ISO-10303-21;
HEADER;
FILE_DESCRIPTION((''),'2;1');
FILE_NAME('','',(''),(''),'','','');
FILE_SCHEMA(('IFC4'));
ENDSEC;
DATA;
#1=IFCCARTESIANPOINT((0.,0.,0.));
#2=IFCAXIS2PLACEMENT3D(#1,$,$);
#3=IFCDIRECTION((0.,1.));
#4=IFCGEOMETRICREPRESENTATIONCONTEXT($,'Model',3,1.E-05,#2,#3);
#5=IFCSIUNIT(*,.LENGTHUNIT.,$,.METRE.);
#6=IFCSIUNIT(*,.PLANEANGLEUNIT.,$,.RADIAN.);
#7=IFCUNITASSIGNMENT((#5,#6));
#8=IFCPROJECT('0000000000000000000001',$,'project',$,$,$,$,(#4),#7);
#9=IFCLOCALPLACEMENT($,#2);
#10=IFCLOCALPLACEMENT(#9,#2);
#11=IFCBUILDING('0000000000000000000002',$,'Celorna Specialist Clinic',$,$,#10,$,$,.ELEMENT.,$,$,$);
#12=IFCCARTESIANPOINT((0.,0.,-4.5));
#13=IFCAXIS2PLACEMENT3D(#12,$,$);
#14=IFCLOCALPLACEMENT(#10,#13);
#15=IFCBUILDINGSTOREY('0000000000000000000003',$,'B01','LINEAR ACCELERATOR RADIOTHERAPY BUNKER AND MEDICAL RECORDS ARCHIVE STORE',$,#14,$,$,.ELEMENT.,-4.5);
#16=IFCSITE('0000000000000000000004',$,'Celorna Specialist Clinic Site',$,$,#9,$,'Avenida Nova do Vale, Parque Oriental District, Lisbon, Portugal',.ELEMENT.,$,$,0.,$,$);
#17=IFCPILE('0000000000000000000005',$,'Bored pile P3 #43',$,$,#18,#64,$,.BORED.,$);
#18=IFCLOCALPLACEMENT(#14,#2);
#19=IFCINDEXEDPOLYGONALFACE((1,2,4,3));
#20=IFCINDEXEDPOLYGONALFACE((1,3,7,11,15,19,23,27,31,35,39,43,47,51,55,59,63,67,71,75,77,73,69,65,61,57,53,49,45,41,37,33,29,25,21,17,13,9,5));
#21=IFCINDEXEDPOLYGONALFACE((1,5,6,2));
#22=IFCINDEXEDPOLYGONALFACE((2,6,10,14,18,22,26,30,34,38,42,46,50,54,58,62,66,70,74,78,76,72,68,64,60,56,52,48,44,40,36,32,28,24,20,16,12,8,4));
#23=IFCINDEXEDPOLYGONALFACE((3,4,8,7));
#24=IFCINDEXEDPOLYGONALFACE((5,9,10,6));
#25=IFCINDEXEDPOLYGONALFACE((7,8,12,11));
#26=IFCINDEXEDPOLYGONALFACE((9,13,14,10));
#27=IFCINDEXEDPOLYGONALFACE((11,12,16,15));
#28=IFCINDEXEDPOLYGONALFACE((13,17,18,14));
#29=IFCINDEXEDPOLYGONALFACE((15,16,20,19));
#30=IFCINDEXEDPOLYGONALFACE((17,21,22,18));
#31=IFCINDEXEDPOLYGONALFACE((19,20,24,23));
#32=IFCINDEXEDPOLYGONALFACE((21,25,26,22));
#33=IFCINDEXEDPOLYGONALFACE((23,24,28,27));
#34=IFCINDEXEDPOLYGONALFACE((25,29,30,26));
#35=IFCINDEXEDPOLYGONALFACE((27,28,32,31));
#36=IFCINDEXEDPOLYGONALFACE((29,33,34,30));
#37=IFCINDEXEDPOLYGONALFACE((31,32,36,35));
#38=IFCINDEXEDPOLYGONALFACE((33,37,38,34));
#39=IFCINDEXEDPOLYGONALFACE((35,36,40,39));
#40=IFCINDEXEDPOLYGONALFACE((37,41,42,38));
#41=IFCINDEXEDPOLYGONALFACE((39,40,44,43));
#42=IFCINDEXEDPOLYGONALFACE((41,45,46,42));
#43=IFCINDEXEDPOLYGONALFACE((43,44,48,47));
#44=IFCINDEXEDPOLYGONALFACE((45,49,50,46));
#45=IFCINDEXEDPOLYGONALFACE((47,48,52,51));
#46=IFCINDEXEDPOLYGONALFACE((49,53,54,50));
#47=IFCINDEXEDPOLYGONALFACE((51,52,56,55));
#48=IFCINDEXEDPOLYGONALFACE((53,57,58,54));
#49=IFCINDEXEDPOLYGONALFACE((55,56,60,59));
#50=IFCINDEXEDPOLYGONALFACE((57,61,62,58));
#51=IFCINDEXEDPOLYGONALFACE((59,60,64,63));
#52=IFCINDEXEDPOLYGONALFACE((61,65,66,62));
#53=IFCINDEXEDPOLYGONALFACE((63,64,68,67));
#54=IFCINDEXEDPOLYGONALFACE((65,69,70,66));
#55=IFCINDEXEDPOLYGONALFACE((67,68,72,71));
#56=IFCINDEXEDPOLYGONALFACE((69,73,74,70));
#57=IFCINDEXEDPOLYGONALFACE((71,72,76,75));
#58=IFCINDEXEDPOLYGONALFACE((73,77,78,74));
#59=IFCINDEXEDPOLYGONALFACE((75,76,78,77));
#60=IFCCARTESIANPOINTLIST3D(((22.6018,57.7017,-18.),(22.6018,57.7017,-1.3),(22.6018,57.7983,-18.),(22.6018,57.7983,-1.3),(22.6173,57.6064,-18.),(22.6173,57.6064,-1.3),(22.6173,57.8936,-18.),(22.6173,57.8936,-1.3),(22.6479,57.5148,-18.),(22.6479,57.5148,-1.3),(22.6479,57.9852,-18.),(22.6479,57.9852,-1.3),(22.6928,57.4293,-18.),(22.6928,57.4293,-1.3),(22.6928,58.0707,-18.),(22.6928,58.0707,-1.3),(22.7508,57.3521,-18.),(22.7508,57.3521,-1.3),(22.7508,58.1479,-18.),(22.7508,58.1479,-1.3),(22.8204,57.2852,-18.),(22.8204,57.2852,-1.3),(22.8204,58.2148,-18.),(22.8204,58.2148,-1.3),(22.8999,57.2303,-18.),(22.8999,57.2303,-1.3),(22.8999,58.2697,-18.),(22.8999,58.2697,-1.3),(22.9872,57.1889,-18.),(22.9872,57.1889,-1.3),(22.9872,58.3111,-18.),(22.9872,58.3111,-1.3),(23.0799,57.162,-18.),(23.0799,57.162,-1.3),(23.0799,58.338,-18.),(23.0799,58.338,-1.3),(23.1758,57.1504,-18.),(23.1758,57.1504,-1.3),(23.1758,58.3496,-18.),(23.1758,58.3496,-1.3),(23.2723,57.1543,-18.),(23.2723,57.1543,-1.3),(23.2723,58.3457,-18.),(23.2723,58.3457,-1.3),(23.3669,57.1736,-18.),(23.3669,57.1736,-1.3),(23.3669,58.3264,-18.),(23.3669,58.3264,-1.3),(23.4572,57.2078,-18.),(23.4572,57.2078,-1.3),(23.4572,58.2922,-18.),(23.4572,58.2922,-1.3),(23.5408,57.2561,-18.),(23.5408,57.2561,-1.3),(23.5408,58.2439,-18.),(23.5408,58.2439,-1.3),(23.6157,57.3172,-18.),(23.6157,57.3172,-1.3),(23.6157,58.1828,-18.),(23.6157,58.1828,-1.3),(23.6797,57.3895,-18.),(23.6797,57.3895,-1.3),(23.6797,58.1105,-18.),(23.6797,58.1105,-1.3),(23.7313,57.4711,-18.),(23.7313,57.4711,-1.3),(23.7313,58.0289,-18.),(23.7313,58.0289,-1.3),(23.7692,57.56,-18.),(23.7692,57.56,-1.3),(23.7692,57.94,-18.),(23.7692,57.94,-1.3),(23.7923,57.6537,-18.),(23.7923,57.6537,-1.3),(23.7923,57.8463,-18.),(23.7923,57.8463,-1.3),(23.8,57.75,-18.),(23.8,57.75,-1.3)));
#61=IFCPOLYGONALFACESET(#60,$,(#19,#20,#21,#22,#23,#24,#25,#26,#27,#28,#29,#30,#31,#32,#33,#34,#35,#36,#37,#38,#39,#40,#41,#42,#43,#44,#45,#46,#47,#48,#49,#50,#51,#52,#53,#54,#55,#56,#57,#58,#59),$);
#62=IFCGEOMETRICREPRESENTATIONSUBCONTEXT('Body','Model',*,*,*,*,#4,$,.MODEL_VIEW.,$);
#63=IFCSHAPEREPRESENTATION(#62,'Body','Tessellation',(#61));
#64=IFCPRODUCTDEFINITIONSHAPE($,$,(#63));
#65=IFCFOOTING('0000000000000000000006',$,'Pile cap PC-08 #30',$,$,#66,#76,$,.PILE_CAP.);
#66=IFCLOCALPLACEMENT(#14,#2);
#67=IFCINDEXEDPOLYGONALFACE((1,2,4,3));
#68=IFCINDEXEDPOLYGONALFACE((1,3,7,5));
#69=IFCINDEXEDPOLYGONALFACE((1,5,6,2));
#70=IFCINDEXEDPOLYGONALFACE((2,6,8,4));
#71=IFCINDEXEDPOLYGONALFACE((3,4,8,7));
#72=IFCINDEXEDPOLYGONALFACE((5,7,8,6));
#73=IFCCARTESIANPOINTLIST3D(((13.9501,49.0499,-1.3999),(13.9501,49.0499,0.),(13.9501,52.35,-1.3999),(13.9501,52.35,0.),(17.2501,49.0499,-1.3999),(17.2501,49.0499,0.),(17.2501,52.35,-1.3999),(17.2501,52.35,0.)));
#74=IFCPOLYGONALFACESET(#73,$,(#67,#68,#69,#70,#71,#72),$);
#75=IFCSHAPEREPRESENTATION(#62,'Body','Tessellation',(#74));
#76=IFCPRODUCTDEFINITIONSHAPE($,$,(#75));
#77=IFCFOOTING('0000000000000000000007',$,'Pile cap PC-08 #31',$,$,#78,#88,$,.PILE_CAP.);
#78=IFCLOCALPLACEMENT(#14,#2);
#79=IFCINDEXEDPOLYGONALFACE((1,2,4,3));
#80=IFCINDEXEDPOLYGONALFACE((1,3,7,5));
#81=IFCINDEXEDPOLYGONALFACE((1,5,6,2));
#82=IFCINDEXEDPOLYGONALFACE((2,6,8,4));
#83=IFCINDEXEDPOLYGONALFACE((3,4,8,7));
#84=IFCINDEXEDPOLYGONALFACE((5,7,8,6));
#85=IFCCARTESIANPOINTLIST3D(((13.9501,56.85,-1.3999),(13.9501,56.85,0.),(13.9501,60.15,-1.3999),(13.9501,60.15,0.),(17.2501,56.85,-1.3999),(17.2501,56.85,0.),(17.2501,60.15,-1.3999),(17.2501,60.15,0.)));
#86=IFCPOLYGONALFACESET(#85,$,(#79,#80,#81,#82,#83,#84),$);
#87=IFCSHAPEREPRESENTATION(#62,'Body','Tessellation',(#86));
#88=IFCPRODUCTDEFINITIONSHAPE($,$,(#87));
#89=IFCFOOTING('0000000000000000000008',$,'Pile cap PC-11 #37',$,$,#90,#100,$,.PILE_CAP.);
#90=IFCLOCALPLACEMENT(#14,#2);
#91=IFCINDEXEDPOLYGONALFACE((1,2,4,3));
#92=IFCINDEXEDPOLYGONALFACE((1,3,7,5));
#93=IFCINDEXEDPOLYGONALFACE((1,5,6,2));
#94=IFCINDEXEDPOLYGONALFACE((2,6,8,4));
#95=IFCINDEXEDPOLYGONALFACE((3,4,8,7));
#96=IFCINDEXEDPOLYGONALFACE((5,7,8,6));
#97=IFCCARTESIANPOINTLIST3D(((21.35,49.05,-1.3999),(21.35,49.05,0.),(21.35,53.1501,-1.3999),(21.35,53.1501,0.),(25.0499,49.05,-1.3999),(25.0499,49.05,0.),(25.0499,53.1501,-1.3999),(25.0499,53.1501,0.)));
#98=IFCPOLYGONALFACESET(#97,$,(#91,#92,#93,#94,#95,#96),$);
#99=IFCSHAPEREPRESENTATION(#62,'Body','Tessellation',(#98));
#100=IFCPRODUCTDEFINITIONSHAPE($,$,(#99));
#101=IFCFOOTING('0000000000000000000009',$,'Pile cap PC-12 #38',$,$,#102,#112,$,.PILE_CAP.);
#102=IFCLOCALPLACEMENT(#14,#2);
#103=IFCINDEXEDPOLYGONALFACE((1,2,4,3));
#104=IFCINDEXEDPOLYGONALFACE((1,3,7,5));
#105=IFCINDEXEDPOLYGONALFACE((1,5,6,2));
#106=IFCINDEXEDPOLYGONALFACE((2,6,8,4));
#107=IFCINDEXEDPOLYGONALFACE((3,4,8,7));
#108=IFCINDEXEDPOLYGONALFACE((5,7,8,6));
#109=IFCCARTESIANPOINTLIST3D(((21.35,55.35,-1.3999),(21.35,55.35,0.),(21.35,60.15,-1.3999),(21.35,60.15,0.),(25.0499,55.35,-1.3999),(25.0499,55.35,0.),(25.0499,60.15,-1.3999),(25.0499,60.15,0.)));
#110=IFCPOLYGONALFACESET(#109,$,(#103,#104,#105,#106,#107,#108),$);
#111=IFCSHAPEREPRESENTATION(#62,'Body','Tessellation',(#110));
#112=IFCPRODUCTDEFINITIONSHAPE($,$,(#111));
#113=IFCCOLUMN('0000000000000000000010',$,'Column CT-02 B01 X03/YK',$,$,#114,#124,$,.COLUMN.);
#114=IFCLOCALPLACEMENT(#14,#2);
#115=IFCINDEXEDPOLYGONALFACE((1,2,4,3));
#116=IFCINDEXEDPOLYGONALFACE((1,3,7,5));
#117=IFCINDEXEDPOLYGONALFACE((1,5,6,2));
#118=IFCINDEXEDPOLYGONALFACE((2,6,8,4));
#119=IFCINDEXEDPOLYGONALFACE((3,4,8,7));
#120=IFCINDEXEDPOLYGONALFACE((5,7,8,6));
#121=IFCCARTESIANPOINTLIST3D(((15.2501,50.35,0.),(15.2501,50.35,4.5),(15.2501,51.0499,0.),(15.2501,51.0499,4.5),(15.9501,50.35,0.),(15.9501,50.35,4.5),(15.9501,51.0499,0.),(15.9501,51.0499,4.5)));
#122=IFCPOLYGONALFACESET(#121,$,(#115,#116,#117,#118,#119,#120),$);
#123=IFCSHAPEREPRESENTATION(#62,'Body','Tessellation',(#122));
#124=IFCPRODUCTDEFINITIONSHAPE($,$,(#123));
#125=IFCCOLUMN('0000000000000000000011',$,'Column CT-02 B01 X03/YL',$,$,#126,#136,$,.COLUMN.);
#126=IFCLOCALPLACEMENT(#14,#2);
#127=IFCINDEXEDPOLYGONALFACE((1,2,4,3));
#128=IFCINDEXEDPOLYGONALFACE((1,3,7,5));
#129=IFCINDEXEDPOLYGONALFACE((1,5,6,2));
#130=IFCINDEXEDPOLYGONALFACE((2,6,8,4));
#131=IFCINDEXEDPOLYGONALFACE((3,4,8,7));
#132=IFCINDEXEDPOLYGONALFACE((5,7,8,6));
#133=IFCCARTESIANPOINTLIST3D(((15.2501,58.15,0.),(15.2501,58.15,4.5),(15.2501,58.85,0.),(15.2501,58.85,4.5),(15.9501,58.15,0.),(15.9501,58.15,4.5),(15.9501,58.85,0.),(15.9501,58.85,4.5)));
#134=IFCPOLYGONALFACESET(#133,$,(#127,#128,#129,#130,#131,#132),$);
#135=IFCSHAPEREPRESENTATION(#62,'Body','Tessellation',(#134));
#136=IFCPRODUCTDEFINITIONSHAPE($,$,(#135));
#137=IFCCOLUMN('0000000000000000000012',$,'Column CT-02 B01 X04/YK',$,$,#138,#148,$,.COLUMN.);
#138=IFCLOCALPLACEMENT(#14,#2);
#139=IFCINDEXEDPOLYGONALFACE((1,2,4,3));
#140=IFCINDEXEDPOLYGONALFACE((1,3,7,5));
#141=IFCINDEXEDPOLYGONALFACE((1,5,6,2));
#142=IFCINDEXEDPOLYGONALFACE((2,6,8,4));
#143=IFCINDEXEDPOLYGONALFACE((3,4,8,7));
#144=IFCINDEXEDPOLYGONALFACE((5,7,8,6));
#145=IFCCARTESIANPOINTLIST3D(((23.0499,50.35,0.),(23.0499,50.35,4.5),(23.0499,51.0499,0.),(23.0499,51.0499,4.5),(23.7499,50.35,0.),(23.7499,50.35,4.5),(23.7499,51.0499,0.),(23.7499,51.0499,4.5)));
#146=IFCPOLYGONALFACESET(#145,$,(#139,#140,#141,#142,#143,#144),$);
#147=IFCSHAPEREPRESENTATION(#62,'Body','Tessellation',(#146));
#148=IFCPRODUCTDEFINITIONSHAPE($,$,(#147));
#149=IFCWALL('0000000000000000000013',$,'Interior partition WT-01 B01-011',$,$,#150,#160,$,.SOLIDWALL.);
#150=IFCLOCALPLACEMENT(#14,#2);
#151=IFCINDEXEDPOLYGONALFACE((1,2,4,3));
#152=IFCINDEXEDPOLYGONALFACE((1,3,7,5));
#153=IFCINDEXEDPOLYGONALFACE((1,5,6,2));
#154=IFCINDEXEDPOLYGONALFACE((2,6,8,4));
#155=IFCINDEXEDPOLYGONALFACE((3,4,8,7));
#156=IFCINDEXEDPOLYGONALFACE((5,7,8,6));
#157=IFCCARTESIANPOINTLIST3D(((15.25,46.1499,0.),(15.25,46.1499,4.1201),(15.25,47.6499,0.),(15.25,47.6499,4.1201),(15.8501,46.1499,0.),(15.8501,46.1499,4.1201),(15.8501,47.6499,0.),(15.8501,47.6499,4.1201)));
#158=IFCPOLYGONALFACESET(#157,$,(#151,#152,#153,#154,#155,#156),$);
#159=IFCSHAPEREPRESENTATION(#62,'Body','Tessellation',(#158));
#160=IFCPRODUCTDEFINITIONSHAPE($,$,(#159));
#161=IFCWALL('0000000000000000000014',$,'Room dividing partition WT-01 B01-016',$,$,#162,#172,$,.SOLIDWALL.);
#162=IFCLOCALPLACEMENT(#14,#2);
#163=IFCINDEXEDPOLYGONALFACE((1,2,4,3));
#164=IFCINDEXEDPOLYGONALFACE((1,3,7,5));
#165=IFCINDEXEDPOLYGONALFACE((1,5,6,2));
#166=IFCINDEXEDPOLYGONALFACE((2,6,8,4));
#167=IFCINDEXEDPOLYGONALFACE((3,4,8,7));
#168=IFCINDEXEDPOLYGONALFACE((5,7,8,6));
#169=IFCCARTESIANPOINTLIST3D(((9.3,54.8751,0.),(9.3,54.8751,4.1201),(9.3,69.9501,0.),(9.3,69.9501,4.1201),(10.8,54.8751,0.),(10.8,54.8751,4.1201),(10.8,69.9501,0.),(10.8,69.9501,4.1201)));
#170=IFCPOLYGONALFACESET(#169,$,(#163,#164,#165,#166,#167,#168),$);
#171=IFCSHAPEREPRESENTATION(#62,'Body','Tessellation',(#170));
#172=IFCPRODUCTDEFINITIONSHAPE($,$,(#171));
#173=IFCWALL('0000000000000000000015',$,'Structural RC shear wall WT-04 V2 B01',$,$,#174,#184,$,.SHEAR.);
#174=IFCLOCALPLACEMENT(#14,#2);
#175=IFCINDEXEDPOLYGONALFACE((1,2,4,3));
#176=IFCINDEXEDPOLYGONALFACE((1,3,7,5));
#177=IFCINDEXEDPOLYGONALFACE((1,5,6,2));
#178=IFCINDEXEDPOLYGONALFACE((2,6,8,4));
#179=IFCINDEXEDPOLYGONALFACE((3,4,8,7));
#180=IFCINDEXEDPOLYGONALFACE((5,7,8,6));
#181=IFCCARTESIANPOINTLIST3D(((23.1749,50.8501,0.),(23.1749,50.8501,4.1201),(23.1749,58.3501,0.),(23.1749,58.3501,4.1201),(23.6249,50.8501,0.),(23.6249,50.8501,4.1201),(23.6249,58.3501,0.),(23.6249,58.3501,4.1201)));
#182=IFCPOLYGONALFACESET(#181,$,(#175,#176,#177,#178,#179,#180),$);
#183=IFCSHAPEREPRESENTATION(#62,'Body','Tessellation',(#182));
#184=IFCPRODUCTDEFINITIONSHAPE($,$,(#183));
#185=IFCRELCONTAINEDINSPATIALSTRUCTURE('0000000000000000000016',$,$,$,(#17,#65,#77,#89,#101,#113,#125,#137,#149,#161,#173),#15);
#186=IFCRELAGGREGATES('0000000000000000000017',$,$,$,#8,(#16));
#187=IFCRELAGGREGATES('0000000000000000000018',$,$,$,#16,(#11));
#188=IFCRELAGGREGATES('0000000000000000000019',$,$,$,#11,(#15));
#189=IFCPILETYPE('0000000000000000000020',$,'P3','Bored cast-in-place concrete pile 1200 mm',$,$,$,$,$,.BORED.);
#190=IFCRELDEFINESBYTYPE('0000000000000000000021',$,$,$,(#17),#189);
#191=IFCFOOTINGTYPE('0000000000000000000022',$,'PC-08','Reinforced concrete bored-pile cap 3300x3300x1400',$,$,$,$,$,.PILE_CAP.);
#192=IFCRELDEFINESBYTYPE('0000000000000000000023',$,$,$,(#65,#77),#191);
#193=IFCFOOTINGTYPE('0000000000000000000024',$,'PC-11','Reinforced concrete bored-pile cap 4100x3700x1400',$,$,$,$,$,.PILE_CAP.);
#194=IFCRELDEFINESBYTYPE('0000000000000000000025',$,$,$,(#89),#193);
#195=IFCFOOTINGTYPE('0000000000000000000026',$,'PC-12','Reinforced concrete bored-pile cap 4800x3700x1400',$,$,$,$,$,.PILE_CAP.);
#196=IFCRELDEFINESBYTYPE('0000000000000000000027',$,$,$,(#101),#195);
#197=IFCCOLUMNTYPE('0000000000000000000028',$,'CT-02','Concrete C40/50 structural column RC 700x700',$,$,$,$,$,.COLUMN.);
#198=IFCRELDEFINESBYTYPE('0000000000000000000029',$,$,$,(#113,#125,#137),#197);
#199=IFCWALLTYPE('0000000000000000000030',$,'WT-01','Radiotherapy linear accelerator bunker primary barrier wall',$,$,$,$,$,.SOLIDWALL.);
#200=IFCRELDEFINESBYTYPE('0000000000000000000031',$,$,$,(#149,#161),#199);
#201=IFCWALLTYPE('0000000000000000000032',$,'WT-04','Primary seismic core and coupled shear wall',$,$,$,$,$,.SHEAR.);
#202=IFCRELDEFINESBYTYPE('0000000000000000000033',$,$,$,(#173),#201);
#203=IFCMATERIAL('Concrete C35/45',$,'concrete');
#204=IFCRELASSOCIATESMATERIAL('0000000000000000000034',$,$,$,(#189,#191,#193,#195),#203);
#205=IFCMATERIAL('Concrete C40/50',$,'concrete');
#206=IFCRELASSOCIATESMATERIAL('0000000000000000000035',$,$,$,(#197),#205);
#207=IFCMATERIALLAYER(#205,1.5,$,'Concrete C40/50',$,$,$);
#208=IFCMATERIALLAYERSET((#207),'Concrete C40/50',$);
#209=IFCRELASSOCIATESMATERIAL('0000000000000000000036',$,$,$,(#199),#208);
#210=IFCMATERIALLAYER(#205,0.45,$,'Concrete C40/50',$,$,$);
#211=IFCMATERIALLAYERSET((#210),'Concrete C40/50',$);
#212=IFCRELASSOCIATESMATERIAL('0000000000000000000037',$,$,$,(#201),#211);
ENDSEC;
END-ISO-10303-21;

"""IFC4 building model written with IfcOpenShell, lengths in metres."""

from ifc_helpers import new_model, si_unit, direction, frame, frame_2d, origin, origin_2d, place, context, subcontext, project, spatial, rectangle, circle, extrude, material, layer, layer_set, material_profile, profile_set, type_object, element, save


model = new_model("IFC4")

# Units and contexts
model_context = context("Model", 3, precision=1e-05, world=origin(), true_north=direction((0.0, 1.0)))
body_context = subcontext(model_context, "Body", "Model", "MODEL_VIEW")
ifc_project = project(units=[si_unit("LENGTHUNIT", "METRE"), si_unit("PLANEANGLEUNIT", "RADIAN")], contexts=[model_context])

# Site, building, storey
site_placement = place(None, origin())
site = spatial("IfcSite", under=ifc_project, at=site_placement, Name="Celorna Specialist Clinic Site", LongName="Avenida Nova do Vale, Parque Oriental District, Lisbon, Portugal", CompositionType="ELEMENT", RefElevation=0.0)
building_placement = place(site_placement, origin())
building = spatial("IfcBuilding", under=site, at=building_placement, Name="Celorna Specialist Clinic", CompositionType="ELEMENT")
storey_placement = place(building_placement, frame((0.0, 0.0, -4.5)))
storey = spatial("IfcBuildingStorey", under=building, at=storey_placement, Name="B01", Description="LINEAR ACCELERATOR RADIOTHERAPY BUNKER AND MEDICAL RECORDS ARCHIVE STORE", CompositionType="ELEMENT", Elevation=-4.5)

# Shared definitions
ifc_material_1 = material(Name="Concrete C35/45", Category="concrete")

# Pile
ifc_material_profile_1 = material_profile(ifc_material_1, circle(Radius=0.6001, at=origin_2d()), Name="BORED PILE 1200")
ifc_profile_set_1 = profile_set([ifc_material_profile_1], Name="Concrete C35/45")
pile_type_1 = type_object("IfcPileType", Name="P3", Description="Bored cast-in-place concrete pile 1200 mm", PredefinedType="BORED", material=ifc_profile_set_1)
for number, where, z_axis, x_axis, name in (
    (1, (23.2, 57.75, -1.3), (0.0, 0.0, -1.0), (1.0, 0.0, 0.0), "Bored pile P3 #43"),
):
    element("IfcPile", number, at=place(storey_placement, frame(where, z_axis=z_axis, x_axis=x_axis)), inside=storey, type_object=pile_type_1, Name=name, PredefinedType="BORED", context=body_context, shape_type="SweptSolid", body=[
        extrude(circle(Radius=0.6001, at=origin_2d()), origin(), (0.0, 0.0, 1.0), 16.7),
    ])

# Footings
footing_type_1 = type_object("IfcFootingType", Name="PC-08", Description="Reinforced concrete bored-pile cap 3300x3300x1400", PredefinedType="PILE_CAP", material=ifc_material_1)
for number, where, z_axis, x_axis, name in (
    (2, (15.6001, 50.7, -1.3999), (0.0, 0.0, 1.0), (1.0, 0.0, 0.0), "Pile cap PC-08 #30"),
    (3, (15.6001, 58.5, -1.3999), (0.0, 0.0, 1.0), (1.0, 0.0, 0.0), "Pile cap PC-08 #31"),
):
    element("IfcFooting", number, at=place(storey_placement, frame(where, z_axis=z_axis, x_axis=x_axis)), inside=storey, type_object=footing_type_1, Name=name, PredefinedType="PILE_CAP", context=body_context, shape_type="SweptSolid", body=[
        extrude(rectangle(XDim=3.3, YDim=3.3, at=origin_2d()), origin(), (0.0, 0.0, 1.0), 1.3999),
    ])
footing_type_2 = type_object("IfcFootingType", Name="PC-11", Description="Reinforced concrete bored-pile cap 4100x3700x1400", PredefinedType="PILE_CAP", material=ifc_material_1)
footing_1_placement = place(storey_placement, frame((23.2, 51.1001, -1.3999), z_axis=(0.0, 0.0, 1.0), x_axis=(1.0, 0.0, 0.0)))
element("IfcFooting", 4, at=footing_1_placement, inside=storey, type_object=footing_type_2, Name="Pile cap PC-11 #37", PredefinedType="PILE_CAP", context=body_context, shape_type="SweptSolid", body=[
    extrude(rectangle(XDim=3.7, YDim=4.1001, at=origin_2d()), origin(), (0.0, 0.0, 1.0), 1.3999),
])
footing_type_3 = type_object("IfcFootingType", Name="PC-12", Description="Reinforced concrete bored-pile cap 4800x3700x1400", PredefinedType="PILE_CAP", material=ifc_material_1)
footing_2_placement = place(storey_placement, frame((23.2, 57.75, -1.3999), z_axis=(0.0, 0.0, 1.0), x_axis=(1.0, 0.0, 0.0)))
element("IfcFooting", 5, at=footing_2_placement, inside=storey, type_object=footing_type_3, Name="Pile cap PC-12 #38", PredefinedType="PILE_CAP", context=body_context, shape_type="SweptSolid", body=[
    extrude(rectangle(XDim=3.7, YDim=4.8, at=origin_2d()), origin(), (0.0, 0.0, 1.0), 1.3999),
])

# Columns
ifc_material_2 = material(Name="Concrete C40/50", Category="concrete")
ifc_material_profile_2 = material_profile(ifc_material_2, rectangle(XDim=0.7, YDim=0.7, at=origin_2d()), Name="RC 700x700")
ifc_profile_set_2 = profile_set([ifc_material_profile_2], Name="Concrete C40/50")
column_type = type_object("IfcColumnType", Name="CT-02", Description="Concrete C40/50 structural column RC 700x700", PredefinedType="COLUMN", material=ifc_profile_set_2)
for number, where, z_axis, x_axis, name in (
    (6, (15.6001, 50.7, 0.0), (0.0, 0.0, 1.0), (1.0, 0.0, 0.0), "Column CT-02 B01 X03/YK"),
    (7, (15.6001, 58.5, 0.0), (0.0, 0.0, 1.0), (1.0, 0.0, 0.0), "Column CT-02 B01 X03/YL"),
    (8, (23.3999, 50.7, 0.0), (0.0, 0.0, 1.0), (1.0, 0.0, 0.0), "Column CT-02 B01 X04/YK"),
):
    element("IfcColumn", number, at=place(storey_placement, frame(where, z_axis=z_axis, x_axis=x_axis)), inside=storey, type_object=column_type, Name=name, PredefinedType="COLUMN", context=body_context, shape_type="SweptSolid", body=[
        extrude(rectangle(XDim=0.7, YDim=0.7, at=origin_2d()), origin(), (0.0, 0.0, 1.0), 4.5),
    ])

# Walls
ifc_layer_1 = layer(ifc_material_2, 1.5, Name="Concrete C40/50")
ifc_layer_set_1 = layer_set([ifc_layer_1], Name="Concrete C40/50")
wall_type_1 = type_object("IfcWallType", Name="WT-01", Description="Radiotherapy linear accelerator bunker primary barrier wall", PredefinedType="SOLIDWALL", material=ifc_layer_set_1)
wall_1_placement = place(storey_placement, frame((15.8501, 46.8999, 0.0), z_axis=(0.0, 0.0, 1.0), x_axis=(-1.0, 0.0, 0.0)))
element("IfcWall", 9, at=wall_1_placement, inside=storey, type_object=wall_type_1, Name="Interior partition WT-01 B01-011", PredefinedType="SOLIDWALL", context=body_context, shape_type="SweptSolid", body=[
    extrude(rectangle(XDim=0.6001, YDim=1.5, at=frame_2d((0.3, 0.0))), origin(), (0.0, 0.0, 1.0), 4.1201),
])
wall_2_placement = place(storey_placement, frame((10.05, 54.875, 0.0), z_axis=(0.0, 0.0, 1.0), x_axis=(0.0, 1.0, 0.0)))
element("IfcWall", 10, at=wall_2_placement, inside=storey, type_object=wall_type_1, Name="Room dividing partition WT-01 B01-016", PredefinedType="SOLIDWALL", context=body_context, shape_type="SweptSolid", body=[
    extrude(rectangle(XDim=15.075, YDim=1.5, at=frame_2d((7.5376, 0.0))), origin(), (0.0, 0.0, 1.0), 4.1201),
])
ifc_layer_2 = layer(ifc_material_2, 0.45, Name="Concrete C40/50")
ifc_layer_set_2 = layer_set([ifc_layer_2], Name="Concrete C40/50")
wall_type_2 = type_object("IfcWallType", Name="WT-04", Description="Primary seismic core and coupled shear wall", PredefinedType="SHEAR", material=ifc_layer_set_2)
wall_3_placement = place(storey_placement, frame((23.3999, 50.8501, 0.0), z_axis=(0.0, 0.0, 1.0), x_axis=(0.0, 1.0, 0.0)))
element("IfcWall", 11, at=wall_3_placement, inside=storey, type_object=wall_type_2, Name="Structural RC shear wall WT-04 V2 B01", PredefinedType="SHEAR", context=body_context, shape_type="SweptSolid", body=[
    extrude(rectangle(XDim=7.5, YDim=0.45, at=frame_2d((3.75, 0.0))), origin(), (0.0, 0.0, 1.0), 4.1201),
])

save(model, "model.ifc")
